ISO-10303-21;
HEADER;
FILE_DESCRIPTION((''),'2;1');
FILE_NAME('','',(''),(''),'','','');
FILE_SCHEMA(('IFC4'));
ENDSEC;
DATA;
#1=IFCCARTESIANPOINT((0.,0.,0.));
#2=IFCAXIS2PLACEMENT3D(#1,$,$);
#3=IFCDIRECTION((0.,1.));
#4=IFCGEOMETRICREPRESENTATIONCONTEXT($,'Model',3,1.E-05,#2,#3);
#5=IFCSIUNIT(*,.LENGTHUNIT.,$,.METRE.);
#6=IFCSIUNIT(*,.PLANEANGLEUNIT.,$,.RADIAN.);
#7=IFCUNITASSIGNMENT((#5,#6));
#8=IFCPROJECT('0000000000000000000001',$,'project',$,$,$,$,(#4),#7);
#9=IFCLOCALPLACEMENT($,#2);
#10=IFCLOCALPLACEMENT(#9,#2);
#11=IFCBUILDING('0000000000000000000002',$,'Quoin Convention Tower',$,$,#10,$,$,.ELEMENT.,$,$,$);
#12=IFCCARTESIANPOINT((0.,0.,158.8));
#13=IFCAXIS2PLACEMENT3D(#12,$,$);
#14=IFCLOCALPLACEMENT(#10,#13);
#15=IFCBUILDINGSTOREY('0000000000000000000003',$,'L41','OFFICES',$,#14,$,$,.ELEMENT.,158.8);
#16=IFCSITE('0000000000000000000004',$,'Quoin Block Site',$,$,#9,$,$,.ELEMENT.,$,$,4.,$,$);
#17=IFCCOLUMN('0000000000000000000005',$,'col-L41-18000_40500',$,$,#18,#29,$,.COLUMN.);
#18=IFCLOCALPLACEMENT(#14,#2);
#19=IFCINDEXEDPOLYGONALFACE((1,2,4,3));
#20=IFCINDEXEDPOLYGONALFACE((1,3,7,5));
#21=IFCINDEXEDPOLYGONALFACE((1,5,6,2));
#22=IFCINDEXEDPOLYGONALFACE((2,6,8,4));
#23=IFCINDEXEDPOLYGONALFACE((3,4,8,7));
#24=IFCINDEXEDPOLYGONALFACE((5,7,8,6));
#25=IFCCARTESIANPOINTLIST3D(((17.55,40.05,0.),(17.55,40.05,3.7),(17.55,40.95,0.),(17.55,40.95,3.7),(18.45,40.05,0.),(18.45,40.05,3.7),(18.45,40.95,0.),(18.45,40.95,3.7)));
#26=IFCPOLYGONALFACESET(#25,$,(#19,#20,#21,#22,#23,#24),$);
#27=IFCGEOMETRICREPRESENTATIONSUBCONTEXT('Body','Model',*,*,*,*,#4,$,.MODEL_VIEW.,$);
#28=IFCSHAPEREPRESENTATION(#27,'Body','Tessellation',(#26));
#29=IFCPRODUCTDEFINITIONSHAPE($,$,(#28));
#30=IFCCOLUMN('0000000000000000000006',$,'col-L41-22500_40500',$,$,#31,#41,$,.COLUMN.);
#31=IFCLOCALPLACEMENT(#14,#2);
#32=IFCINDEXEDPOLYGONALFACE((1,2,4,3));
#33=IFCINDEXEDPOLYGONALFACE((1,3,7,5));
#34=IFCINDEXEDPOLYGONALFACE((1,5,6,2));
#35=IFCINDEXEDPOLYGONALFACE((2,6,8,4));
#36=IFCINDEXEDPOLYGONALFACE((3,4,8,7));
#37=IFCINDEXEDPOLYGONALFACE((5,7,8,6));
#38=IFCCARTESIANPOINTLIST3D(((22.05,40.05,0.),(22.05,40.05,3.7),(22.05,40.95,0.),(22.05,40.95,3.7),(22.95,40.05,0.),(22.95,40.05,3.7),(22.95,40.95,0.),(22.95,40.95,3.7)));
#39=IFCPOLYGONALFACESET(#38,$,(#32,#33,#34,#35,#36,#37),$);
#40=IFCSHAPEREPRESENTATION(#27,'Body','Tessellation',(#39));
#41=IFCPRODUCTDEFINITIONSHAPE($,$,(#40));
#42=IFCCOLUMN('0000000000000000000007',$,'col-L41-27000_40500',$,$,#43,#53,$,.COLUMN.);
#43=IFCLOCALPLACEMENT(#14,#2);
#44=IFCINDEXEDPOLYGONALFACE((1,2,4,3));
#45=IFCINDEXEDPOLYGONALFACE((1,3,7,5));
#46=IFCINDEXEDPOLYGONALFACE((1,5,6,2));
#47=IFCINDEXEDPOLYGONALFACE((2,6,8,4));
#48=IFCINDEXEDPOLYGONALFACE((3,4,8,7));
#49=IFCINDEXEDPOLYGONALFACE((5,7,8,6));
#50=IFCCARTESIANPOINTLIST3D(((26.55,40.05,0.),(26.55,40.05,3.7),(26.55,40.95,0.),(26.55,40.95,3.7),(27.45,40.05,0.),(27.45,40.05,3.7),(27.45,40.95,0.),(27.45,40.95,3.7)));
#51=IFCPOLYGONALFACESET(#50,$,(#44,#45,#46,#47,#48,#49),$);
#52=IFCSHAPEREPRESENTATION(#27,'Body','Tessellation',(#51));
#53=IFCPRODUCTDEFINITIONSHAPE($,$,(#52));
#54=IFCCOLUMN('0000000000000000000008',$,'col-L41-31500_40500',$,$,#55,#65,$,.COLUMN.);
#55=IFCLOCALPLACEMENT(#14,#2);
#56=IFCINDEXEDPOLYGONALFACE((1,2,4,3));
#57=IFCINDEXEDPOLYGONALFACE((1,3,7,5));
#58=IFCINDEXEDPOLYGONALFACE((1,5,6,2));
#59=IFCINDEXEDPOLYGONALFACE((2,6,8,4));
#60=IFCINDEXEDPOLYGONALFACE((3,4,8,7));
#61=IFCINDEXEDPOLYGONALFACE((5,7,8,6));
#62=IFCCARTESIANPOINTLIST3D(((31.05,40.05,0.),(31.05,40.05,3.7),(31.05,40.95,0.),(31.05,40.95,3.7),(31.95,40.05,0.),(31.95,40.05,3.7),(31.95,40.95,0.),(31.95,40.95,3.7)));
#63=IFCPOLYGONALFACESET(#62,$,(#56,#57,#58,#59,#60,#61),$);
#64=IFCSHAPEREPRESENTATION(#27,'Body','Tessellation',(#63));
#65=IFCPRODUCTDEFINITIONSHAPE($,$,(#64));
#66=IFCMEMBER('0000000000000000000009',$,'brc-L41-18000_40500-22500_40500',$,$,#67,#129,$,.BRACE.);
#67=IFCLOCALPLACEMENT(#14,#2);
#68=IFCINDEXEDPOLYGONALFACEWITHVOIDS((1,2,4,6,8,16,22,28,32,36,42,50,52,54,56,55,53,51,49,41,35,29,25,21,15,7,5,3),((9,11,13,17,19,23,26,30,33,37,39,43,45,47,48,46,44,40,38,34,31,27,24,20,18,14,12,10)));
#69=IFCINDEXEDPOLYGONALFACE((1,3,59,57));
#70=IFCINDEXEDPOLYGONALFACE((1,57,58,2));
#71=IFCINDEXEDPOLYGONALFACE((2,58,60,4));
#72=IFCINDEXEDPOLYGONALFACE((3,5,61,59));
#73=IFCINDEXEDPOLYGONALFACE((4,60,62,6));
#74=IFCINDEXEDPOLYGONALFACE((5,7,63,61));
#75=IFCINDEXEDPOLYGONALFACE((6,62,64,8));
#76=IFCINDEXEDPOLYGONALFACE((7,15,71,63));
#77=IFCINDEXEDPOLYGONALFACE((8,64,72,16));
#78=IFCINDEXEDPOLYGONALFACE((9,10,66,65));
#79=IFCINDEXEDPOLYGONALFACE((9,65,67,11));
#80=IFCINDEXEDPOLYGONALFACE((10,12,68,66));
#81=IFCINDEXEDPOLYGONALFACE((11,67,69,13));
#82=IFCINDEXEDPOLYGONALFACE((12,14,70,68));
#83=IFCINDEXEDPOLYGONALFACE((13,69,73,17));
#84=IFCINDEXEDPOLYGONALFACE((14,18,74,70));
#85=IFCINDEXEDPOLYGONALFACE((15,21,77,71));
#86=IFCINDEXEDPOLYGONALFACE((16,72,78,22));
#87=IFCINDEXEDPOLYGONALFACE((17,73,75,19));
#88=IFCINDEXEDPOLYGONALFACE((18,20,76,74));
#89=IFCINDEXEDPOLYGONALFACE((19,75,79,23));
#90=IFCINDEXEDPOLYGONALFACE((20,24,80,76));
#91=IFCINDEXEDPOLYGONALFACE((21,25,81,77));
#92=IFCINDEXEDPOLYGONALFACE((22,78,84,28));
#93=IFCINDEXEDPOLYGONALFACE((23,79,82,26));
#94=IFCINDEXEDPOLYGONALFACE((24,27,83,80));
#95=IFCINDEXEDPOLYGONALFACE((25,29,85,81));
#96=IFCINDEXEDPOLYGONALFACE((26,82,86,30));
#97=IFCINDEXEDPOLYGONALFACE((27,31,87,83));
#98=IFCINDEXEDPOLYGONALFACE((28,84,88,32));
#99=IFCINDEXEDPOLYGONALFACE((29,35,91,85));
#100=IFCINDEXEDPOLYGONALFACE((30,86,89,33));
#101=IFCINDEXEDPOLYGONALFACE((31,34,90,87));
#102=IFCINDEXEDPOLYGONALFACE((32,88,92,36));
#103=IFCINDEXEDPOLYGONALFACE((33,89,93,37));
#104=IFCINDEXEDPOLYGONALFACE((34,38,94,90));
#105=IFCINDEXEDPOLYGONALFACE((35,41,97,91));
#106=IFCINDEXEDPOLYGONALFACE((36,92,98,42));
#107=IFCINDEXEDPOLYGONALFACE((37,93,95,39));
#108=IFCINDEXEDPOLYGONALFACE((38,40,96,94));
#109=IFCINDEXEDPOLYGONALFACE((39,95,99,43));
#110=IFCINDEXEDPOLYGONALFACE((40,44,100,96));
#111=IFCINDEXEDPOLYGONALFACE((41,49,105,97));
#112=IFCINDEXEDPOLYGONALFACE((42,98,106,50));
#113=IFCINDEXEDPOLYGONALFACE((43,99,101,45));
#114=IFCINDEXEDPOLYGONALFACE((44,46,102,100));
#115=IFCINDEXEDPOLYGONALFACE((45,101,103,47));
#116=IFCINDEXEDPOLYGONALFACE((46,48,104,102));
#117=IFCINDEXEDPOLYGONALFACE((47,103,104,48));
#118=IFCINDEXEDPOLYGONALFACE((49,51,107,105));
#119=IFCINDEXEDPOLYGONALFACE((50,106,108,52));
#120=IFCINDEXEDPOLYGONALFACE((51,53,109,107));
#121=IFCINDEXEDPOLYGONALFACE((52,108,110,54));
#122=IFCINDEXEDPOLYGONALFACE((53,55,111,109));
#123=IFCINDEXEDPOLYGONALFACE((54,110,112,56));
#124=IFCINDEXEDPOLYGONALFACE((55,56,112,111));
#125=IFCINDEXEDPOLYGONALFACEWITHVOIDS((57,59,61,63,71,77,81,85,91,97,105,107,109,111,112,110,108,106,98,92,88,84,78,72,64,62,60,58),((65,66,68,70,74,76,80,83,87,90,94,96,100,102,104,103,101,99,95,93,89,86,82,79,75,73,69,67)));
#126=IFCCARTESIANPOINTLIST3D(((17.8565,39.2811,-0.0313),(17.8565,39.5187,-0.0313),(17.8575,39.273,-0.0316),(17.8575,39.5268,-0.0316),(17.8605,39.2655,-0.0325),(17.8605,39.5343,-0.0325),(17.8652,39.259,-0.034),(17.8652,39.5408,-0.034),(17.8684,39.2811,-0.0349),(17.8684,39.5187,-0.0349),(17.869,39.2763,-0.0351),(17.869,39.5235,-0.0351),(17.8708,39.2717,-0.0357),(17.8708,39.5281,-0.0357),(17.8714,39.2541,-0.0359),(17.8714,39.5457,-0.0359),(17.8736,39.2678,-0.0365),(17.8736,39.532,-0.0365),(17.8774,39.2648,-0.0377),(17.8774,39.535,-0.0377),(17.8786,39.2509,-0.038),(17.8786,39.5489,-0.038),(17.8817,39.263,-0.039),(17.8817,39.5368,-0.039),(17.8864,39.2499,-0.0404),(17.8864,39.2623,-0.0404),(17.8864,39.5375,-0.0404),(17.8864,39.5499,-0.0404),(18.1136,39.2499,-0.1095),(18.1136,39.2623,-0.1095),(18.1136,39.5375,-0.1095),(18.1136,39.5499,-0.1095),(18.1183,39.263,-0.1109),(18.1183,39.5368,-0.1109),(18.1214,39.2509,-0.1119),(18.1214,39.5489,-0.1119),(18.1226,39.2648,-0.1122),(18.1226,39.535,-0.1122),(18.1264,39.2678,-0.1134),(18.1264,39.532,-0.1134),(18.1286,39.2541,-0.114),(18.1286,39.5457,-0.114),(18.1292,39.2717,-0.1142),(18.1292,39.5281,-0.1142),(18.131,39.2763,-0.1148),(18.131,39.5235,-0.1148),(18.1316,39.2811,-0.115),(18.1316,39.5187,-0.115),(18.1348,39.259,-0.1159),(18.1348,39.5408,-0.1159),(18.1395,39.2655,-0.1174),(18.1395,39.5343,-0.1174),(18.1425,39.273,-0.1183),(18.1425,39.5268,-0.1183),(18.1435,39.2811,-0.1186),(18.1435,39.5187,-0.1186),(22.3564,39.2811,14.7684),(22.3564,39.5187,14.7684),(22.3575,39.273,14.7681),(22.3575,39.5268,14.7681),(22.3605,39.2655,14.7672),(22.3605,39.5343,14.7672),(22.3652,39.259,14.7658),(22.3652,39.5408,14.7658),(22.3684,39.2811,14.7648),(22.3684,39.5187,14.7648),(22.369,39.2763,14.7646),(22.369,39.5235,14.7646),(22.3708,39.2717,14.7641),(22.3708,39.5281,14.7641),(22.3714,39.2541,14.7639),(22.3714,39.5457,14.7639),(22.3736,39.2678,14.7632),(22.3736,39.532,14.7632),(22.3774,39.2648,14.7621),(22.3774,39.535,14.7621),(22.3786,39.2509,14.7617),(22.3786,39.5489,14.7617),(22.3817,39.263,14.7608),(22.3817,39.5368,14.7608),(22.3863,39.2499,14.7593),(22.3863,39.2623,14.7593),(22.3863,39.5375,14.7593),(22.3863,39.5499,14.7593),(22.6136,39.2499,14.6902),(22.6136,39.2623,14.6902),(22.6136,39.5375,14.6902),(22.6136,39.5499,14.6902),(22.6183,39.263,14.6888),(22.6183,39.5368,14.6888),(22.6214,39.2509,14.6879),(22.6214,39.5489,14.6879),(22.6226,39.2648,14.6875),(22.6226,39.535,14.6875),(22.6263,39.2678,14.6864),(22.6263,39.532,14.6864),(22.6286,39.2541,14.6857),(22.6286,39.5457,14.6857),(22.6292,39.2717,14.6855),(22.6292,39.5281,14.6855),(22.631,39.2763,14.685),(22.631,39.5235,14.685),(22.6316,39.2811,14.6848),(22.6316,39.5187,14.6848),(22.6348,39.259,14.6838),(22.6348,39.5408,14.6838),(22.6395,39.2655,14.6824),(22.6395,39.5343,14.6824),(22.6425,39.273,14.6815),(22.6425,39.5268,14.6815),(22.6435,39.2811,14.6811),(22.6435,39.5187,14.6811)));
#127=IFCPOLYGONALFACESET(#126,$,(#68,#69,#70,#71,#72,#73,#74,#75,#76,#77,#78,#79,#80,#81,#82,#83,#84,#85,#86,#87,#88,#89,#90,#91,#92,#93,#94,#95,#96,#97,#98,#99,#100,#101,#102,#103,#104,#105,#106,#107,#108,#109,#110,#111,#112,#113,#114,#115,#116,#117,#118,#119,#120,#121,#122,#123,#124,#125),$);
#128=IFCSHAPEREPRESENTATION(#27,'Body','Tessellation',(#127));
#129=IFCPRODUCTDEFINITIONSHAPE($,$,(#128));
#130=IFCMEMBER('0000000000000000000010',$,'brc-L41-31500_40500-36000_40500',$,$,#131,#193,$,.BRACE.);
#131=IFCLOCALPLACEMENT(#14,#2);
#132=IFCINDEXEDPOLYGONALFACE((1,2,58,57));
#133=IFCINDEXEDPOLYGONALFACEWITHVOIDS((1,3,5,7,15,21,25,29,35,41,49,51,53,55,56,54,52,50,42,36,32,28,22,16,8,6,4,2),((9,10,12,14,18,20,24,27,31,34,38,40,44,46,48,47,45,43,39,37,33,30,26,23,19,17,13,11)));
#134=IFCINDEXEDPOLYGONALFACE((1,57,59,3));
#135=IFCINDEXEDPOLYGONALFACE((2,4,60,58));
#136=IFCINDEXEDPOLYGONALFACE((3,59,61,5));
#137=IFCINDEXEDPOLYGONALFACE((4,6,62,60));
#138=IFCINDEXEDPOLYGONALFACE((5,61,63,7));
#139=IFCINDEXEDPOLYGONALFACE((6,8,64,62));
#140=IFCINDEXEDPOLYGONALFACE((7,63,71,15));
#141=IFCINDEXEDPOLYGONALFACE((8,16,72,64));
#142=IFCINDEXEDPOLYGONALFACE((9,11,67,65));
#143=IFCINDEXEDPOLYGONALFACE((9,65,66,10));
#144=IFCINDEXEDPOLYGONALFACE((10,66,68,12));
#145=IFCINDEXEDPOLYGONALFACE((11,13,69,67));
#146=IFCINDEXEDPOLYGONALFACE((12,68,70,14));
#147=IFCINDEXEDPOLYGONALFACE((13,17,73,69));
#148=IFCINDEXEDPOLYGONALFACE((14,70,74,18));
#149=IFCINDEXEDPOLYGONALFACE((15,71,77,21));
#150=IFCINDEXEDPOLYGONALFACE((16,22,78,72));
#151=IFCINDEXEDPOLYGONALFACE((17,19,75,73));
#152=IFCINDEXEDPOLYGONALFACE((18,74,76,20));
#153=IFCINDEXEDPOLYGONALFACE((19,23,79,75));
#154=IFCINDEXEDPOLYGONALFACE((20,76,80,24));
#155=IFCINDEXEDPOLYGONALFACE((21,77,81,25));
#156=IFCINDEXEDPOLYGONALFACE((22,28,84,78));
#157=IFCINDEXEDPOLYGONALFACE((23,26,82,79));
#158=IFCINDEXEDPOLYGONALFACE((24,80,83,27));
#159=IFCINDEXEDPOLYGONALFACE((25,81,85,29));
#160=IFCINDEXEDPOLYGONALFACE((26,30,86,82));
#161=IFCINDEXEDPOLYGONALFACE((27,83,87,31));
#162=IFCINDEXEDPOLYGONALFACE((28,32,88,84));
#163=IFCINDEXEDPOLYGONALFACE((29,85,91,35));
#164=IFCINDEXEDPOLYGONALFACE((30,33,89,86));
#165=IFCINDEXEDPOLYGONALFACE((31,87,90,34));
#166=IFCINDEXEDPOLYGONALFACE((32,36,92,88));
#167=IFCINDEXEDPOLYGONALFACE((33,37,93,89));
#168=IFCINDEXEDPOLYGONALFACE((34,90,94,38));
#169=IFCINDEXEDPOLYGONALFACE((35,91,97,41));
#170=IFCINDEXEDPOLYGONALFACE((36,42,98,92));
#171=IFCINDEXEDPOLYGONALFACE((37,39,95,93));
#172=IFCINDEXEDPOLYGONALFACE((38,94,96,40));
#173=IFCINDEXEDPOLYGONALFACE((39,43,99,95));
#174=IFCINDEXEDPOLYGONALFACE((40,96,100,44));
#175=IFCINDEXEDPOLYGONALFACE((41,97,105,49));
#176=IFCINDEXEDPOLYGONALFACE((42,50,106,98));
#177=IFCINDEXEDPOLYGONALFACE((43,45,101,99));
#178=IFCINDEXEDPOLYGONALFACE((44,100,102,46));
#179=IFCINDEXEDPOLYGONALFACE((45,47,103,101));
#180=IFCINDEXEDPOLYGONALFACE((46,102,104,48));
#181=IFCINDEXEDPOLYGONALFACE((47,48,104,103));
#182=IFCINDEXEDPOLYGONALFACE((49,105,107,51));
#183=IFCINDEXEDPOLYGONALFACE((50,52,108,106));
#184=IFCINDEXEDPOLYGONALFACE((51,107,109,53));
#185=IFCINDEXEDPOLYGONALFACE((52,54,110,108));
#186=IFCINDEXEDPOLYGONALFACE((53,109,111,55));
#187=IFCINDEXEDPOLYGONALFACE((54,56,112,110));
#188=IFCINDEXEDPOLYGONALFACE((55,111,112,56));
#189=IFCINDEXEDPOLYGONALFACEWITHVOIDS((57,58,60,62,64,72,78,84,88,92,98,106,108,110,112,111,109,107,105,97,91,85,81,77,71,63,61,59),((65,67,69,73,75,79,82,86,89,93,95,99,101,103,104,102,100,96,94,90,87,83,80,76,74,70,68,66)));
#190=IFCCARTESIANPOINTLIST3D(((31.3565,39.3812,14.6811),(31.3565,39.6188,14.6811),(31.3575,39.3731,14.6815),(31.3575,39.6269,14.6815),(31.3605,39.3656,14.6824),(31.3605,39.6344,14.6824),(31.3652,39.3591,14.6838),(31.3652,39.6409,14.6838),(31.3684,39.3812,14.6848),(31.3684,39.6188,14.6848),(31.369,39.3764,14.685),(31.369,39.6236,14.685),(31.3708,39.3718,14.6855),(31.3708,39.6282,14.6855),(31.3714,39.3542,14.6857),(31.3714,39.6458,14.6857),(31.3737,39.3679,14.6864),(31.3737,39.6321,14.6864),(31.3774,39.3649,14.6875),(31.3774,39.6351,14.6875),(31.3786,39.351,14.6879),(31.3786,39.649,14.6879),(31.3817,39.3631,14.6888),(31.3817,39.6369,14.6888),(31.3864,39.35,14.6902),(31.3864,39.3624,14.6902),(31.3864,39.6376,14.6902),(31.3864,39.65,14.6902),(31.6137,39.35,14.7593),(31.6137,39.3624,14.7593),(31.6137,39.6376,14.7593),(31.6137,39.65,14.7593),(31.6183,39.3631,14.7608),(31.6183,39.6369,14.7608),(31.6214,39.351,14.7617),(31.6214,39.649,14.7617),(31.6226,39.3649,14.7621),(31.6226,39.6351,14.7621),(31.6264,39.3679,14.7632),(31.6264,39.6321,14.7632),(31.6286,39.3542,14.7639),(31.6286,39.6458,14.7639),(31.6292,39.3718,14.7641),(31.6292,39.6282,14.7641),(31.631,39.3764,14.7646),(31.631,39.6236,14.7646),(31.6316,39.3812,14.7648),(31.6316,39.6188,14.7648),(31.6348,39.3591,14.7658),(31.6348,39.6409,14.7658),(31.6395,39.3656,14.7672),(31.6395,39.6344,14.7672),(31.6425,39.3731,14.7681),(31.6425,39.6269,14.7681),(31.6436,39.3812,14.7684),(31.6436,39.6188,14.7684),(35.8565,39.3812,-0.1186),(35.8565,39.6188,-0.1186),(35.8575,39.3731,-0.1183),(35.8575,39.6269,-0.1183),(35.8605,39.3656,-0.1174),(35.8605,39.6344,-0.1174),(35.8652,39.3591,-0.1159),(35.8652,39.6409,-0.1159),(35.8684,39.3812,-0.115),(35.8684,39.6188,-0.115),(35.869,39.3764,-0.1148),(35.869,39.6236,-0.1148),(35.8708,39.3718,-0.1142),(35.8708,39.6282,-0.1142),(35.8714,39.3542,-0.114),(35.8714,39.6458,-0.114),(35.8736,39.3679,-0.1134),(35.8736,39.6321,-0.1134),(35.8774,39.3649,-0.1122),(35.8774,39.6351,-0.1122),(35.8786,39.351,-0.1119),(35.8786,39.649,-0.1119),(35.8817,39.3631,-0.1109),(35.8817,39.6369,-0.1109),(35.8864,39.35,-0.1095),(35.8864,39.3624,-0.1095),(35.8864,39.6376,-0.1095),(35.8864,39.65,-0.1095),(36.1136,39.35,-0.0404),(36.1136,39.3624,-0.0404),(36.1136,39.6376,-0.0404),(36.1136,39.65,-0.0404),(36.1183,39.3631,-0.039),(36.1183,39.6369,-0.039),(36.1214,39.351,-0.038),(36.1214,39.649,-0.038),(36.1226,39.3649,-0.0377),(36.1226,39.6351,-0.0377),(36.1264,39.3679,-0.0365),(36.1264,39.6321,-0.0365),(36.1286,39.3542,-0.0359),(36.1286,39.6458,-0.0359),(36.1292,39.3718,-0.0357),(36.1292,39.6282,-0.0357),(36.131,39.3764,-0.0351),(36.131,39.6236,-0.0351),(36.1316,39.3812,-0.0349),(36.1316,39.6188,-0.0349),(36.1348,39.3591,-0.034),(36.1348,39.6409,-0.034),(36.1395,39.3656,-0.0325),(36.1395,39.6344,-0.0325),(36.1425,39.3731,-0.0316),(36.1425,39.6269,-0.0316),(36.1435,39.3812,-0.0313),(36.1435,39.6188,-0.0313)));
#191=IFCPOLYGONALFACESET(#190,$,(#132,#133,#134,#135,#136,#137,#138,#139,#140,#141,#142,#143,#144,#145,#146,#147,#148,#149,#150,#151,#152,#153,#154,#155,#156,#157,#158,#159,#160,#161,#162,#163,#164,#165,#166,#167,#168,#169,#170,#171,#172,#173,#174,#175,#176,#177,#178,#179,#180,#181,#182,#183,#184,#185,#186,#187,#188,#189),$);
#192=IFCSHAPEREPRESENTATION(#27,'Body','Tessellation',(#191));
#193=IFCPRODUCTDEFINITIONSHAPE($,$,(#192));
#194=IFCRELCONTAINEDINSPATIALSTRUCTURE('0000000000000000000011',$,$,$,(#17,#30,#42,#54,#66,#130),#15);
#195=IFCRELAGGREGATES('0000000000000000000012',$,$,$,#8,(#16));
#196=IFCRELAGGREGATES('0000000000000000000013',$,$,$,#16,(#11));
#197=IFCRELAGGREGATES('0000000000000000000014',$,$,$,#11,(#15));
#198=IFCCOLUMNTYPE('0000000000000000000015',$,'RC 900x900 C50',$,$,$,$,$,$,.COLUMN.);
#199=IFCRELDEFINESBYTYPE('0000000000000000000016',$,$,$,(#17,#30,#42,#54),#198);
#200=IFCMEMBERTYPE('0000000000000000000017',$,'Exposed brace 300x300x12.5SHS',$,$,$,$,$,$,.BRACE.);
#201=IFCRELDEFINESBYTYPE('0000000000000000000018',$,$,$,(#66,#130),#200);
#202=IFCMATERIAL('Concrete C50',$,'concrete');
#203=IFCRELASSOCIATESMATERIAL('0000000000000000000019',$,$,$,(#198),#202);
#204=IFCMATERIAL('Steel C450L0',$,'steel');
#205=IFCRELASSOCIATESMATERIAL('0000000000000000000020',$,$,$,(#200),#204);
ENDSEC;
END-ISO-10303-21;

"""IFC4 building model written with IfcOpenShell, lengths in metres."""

from ifc_helpers import new_model, si_unit, direction, frame, origin, origin_2d, place, context, subcontext, project, spatial, rectangle, hollow_rectangle, extrude, material, material_profile, profile_set, type_object, element, save


model = new_model("IFC4")

# Units and contexts
model_context = context("Model", 3, precision=1e-05, world=origin(), true_north=direction((0.0, 1.0)))
body_context = subcontext(model_context, "Body", "Model", "MODEL_VIEW")
ifc_project = project(units=[si_unit("LENGTHUNIT", "METRE"), si_unit("PLANEANGLEUNIT", "RADIAN")], contexts=[model_context])

# Site, building, storey
site_placement = place(None, origin())
site = spatial("IfcSite", under=ifc_project, at=site_placement, Name="Quoin Block Site", CompositionType="ELEMENT", RefElevation=4.0)
building_placement = place(site_placement, origin())
building = spatial("IfcBuilding", under=site, at=building_placement, Name="Quoin Convention Tower", CompositionType="ELEMENT")
storey_placement = place(building_placement, frame((0.0, 0.0, 158.8)))
storey = spatial("IfcBuildingStorey", under=building, at=storey_placement, Name="L41", Description="OFFICES", CompositionType="ELEMENT", Elevation=158.8)

# Columns
ifc_material_1 = material(Name="Concrete C50", Category="concrete")
ifc_material_profile_1 = material_profile(ifc_material_1, rectangle(XDim=0.8999, YDim=0.8999, at=origin_2d()), Name="RC 900x900")
ifc_profile_set_1 = profile_set([ifc_material_profile_1], Name="Concrete C50")
column_type = type_object("IfcColumnType", Name="RC 900x900 C50", PredefinedType="COLUMN", material=ifc_profile_set_1)
for number, where, z_axis, x_axis, name in (
    (1, (18.0, 40.5, 0.0), (0.0, 0.0, 1.0), (1.0, 0.0, 0.0), "col-L41-18000_40500"),
    (2, (22.5, 40.5, 0.0), (0.0, 0.0, 1.0), (1.0, 0.0, 0.0), "col-L41-22500_40500"),
    (3, (27.0, 40.5, 0.0), (0.0, 0.0, 1.0), (1.0, 0.0, 0.0), "col-L41-27000_40500"),
    (4, (31.5, 40.5, 0.0), (0.0, 0.0, 1.0), (1.0, 0.0, 0.0), "col-L41-31500_40500"),
):
    element("IfcColumn", number, at=place(storey_placement, frame(where, z_axis=z_axis, x_axis=x_axis)), inside=storey, type_object=column_type, Name=name, PredefinedType="COLUMN", context=body_context, shape_type="SweptSolid", body=[
        extrude(rectangle(XDim=0.8999, YDim=0.8999, at=origin_2d()), origin(), (0.0, 0.0, 1.0), 3.7),
    ])

# Members
ifc_material_2 = material(Name="Steel C450L0", Category="steel")
ifc_material_profile_2 = material_profile(ifc_material_2, hollow_rectangle(XDim=0.3, YDim=0.3, WallThickness=0.0125, InnerFilletRadius=0.0188, OuterFilletRadius=0.0312, at=origin_2d()), Name="300x300x12.5SHS")
ifc_profile_set_2 = profile_set([ifc_material_profile_2], Name="Steel C450L0")
member_type = type_object("IfcMemberType", Name="Exposed brace 300x300x12.5SHS", PredefinedType="BRACE", material=ifc_profile_set_2)
for number, where, z_axis, x_axis, name in (
    (5, (18.0, 39.3999, -0.075), (0.290908, 0.0, 0.956751), (0.0, 1.0, 0.0), "brc-L41-18000_40500-22500_40500"),
    (6, (36.0, 39.5, -0.075), (-0.290908, 0.0, 0.956751), (0.0, -1.0, 0.0), "brc-L41-31500_40500-36000_40500"),
):
    element("IfcMember", number, at=place(storey_placement, frame(where, z_axis=z_axis, x_axis=x_axis)), inside=storey, type_object=member_type, Name=name, PredefinedType="BRACE", context=body_context, shape_type="SweptSolid", body=[
        extrude(hollow_rectangle(XDim=0.3, YDim=0.3, WallThickness=0.0125, InnerFilletRadius=0.0188, OuterFilletRadius=0.0312, at=origin_2d()), origin(), (0.0, 0.0, 1.0), 15.4688),
    ])

save(model, "model.ifc")
